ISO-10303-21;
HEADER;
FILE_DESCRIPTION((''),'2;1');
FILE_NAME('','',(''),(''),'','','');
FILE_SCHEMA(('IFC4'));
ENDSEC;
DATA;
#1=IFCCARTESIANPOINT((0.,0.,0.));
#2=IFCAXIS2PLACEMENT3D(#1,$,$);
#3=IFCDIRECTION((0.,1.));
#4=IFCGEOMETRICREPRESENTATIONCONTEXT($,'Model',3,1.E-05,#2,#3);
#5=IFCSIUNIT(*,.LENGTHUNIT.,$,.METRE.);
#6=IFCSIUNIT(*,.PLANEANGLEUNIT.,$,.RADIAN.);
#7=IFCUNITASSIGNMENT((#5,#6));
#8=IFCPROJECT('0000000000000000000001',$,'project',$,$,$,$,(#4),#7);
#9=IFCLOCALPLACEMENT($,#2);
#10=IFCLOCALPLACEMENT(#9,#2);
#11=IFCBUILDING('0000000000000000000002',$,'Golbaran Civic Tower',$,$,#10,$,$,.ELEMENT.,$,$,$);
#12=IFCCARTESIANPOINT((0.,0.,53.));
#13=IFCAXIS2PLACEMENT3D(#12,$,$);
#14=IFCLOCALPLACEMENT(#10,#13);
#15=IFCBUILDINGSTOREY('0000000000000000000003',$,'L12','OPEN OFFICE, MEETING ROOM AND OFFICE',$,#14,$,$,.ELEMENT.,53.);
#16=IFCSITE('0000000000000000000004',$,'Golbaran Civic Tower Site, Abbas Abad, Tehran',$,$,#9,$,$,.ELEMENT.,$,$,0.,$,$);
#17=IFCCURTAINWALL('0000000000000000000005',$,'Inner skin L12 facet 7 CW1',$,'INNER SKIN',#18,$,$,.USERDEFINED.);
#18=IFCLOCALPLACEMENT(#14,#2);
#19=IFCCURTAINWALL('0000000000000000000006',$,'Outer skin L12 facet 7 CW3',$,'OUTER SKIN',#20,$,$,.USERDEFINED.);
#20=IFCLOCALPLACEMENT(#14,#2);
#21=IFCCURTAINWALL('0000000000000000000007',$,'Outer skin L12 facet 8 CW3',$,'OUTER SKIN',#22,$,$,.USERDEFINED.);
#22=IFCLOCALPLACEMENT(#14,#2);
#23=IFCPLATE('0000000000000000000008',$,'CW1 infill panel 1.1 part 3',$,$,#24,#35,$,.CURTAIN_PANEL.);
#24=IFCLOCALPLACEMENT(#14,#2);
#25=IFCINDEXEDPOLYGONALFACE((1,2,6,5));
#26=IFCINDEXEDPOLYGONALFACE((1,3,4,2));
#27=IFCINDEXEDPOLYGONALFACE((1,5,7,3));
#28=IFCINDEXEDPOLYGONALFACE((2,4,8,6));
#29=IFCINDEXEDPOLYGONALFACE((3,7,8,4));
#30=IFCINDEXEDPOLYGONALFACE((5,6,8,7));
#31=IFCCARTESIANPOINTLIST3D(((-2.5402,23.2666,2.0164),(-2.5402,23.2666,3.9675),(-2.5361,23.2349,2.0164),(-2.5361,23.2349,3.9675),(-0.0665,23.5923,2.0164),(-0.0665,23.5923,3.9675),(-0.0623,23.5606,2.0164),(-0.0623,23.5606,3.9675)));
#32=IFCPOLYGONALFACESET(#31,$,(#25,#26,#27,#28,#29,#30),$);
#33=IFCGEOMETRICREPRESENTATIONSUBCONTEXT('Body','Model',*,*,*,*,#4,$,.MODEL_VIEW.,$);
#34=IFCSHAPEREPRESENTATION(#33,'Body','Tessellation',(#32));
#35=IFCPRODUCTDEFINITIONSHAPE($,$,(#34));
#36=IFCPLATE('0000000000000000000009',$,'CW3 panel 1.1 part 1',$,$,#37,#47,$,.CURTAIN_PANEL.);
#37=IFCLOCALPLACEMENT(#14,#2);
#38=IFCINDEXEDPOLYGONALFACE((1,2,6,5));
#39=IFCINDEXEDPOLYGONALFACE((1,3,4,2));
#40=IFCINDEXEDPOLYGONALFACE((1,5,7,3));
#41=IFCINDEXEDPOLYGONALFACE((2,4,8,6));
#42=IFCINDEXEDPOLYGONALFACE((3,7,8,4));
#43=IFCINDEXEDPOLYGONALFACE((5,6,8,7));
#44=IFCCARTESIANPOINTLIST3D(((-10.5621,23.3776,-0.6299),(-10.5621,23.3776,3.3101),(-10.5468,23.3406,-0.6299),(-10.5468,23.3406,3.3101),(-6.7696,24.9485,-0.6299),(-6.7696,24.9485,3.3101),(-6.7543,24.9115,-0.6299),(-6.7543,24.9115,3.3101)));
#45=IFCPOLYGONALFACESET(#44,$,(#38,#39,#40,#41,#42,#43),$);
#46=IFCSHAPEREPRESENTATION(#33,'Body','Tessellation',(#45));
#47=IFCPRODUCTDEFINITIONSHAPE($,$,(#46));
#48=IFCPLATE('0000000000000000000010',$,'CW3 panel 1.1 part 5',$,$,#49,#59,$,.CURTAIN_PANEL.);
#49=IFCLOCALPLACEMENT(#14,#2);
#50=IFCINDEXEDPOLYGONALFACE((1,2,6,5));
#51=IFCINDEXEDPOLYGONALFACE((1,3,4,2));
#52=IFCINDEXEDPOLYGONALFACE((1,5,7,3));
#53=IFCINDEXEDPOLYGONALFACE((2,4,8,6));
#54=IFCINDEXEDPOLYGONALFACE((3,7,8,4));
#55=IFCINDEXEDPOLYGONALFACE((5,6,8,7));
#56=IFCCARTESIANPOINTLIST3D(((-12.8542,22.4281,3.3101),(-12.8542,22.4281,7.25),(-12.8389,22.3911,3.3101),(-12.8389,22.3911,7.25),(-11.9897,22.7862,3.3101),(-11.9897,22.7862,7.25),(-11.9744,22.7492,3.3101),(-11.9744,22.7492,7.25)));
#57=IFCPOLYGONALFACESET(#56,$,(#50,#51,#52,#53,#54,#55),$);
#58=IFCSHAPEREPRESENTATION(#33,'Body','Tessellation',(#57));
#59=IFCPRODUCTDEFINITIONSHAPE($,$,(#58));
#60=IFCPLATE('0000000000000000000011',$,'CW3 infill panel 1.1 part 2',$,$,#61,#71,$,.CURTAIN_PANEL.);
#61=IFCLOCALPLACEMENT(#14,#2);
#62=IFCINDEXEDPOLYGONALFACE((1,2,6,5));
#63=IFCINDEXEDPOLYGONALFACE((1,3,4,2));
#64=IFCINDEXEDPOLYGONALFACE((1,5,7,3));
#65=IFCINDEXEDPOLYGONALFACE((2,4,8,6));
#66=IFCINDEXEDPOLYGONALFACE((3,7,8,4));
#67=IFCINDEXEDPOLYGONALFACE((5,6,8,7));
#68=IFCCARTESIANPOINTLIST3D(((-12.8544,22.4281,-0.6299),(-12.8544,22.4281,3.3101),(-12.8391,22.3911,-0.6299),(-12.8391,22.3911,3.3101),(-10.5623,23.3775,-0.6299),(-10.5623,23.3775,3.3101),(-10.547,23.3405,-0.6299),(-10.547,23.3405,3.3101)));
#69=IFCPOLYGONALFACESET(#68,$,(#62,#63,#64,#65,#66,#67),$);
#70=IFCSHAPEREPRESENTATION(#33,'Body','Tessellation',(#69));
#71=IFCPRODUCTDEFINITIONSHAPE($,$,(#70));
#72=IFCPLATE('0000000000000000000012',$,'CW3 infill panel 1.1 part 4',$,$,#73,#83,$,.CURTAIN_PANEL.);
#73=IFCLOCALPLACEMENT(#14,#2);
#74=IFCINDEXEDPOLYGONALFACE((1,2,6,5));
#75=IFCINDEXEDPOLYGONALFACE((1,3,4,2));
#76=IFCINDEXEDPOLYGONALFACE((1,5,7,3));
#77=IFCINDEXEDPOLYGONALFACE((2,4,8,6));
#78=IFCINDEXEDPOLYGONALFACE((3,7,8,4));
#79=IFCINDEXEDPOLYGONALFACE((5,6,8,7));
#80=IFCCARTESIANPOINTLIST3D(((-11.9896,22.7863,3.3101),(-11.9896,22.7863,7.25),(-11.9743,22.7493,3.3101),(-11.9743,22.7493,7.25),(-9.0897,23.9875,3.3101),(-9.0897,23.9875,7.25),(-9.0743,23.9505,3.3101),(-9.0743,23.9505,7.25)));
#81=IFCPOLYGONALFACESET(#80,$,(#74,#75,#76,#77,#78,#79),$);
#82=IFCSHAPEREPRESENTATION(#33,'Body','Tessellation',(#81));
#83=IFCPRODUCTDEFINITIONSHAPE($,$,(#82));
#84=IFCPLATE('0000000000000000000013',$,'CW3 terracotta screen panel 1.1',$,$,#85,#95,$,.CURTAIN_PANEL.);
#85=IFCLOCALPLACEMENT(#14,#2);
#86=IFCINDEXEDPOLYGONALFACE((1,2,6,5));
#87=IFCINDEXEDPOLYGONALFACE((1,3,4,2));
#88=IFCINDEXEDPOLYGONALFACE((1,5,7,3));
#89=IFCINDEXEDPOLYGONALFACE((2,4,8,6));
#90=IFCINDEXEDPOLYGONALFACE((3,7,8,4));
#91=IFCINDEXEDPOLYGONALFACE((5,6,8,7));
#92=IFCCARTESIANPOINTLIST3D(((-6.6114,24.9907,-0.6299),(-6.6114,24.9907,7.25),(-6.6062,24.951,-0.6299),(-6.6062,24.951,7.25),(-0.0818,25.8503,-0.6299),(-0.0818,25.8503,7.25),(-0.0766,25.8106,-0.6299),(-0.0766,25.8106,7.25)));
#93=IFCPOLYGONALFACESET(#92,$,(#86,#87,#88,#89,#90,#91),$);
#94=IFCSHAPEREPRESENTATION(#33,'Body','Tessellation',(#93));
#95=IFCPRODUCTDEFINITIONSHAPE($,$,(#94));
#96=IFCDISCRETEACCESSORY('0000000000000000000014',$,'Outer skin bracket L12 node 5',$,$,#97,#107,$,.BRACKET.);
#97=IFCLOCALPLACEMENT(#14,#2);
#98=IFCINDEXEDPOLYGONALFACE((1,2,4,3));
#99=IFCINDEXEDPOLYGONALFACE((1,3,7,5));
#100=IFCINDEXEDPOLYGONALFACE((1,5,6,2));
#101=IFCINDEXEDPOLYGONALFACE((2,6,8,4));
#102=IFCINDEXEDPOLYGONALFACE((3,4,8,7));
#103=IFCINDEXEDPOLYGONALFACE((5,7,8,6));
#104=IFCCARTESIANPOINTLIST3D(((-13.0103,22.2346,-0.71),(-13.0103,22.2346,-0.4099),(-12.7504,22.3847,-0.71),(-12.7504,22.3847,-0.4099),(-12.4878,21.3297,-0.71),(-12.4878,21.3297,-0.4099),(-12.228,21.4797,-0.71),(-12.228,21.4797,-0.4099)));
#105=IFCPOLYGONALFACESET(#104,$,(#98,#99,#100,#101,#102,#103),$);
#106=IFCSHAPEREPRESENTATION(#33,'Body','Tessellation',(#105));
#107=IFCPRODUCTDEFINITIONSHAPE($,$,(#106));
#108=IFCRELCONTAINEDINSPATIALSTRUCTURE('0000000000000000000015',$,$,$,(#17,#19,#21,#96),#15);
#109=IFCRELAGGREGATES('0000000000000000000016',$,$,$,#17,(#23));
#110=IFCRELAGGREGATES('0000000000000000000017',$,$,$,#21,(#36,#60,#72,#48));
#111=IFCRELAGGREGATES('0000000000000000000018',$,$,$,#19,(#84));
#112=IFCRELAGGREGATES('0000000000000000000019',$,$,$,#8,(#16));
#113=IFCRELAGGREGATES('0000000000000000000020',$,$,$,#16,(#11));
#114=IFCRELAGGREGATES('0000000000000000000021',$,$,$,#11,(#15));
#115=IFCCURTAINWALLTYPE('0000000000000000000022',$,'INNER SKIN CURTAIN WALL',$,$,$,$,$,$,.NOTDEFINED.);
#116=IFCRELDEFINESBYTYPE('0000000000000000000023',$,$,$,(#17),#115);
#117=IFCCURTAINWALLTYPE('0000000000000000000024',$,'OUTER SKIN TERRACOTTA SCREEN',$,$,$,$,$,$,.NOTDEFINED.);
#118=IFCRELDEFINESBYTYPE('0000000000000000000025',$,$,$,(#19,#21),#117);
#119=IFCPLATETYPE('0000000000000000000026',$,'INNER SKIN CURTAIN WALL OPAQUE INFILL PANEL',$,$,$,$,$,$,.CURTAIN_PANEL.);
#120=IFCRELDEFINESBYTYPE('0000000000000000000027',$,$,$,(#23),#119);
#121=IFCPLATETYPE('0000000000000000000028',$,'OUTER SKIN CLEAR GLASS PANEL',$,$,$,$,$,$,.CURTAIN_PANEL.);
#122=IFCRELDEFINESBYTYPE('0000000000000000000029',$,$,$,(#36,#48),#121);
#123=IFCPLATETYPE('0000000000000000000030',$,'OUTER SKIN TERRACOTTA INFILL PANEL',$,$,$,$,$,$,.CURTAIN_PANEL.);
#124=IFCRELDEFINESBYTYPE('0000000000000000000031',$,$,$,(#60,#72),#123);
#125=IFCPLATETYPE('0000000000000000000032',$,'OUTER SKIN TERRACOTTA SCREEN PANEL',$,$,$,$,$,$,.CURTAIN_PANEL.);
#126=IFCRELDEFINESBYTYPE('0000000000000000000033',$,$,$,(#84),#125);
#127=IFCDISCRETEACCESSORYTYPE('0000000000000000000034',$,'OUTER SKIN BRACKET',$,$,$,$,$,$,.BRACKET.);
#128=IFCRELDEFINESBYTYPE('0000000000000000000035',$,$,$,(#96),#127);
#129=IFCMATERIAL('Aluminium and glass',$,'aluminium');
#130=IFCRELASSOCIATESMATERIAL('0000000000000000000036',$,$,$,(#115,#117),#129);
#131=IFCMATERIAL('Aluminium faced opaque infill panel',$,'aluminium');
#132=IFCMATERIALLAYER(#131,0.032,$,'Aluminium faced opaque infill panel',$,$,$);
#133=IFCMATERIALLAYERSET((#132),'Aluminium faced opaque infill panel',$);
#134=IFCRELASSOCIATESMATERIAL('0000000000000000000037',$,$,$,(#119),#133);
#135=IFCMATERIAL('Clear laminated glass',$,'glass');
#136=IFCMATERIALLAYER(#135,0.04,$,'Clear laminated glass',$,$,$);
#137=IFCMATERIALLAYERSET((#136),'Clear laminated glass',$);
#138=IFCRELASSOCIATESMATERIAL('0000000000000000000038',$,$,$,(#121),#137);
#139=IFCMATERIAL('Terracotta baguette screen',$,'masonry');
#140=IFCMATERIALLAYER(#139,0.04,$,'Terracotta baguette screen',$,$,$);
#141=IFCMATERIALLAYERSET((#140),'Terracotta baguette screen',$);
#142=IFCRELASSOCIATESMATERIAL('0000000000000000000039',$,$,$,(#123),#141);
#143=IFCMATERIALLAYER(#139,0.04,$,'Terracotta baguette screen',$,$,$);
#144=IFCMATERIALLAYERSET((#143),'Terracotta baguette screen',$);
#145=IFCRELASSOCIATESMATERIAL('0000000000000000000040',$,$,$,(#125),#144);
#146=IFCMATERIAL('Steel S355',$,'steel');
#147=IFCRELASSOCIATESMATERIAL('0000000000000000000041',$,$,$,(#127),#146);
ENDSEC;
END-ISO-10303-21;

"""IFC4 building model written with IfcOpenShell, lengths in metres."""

from ifc_helpers import new_model, si_unit, direction, frame, origin, origin_2d, place, context, subcontext, project, spatial, rectangle, extrude, material, layer, layer_set, type_object, element, aggregate, save


model = new_model("IFC4")

# Units and contexts
model_context = context("Model", 3, precision=1e-05, world=origin(), true_north=direction((0.0, 1.0)))
body_context = subcontext(model_context, "Body", "Model", "MODEL_VIEW")
ifc_project = project(units=[si_unit("LENGTHUNIT", "METRE"), si_unit("PLANEANGLEUNIT", "RADIAN")], contexts=[model_context])

# Site, building, storey
site_placement = place(None, origin())
site = spatial("IfcSite", under=ifc_project, at=site_placement, Name="Golbaran Civic Tower Site, Abbas Abad, Tehran", CompositionType="ELEMENT", RefElevation=0.0)
building_placement = place(site_placement, origin())
building = spatial("IfcBuilding", under=site, at=building_placement, Name="Golbaran Civic Tower", CompositionType="ELEMENT")
storey_placement = place(building_placement, frame((0.0, 0.0, 53.0)))
storey = spatial("IfcBuildingStorey", under=building, at=storey_placement, Name="L12", Description="OPEN OFFICE, MEETING ROOM AND OFFICE", CompositionType="ELEMENT", Elevation=53.0)

# Shared definitions
ifc_material_1 = material(Name="Steel S355", Category="steel")

# Curtain wall
ifc_material_2 = material(Name="Aluminium and glass", Category="aluminium")
curtain_wall_type_1 = type_object("IfcCurtainWallType", Name="INNER SKIN CURTAIN WALL", PredefinedType="NOTDEFINED", material=ifc_material_2)
curtain_wall_1_placement = place(storey_placement, origin())
curtain_wall_1 = element("IfcCurtainWall", 1, at=curtain_wall_1_placement, inside=storey, type_object=curtain_wall_type_1, Name="Inner skin L12 facet 7 CW1", ObjectType="INNER SKIN", PredefinedType="USERDEFINED")

# Curtain walls
curtain_wall_type_2 = type_object("IfcCurtainWallType", Name="OUTER SKIN TERRACOTTA SCREEN", PredefinedType="NOTDEFINED", material=ifc_material_2)
curtain_wall_2_placement = place(storey_placement, origin())
curtain_wall_2 = element("IfcCurtainWall", 2, at=curtain_wall_2_placement, inside=storey, type_object=curtain_wall_type_2, Name="Outer skin L12 facet 7 CW3", ObjectType="OUTER SKIN", PredefinedType="USERDEFINED")
curtain_wall_3_placement = place(storey_placement, origin())
curtain_wall_3 = element("IfcCurtainWall", 3, at=curtain_wall_3_placement, inside=storey, type_object=curtain_wall_type_2, Name="Outer skin L12 facet 8 CW3", ObjectType="OUTER SKIN", PredefinedType="USERDEFINED")

# Plates
ifc_material_3 = material(Name="Aluminium faced opaque infill panel", Category="aluminium")
ifc_layer_1 = layer(ifc_material_3, 0.032, Name="Aluminium faced opaque infill panel")
ifc_layer_set_1 = layer_set([ifc_layer_1], Name="Aluminium faced opaque infill panel")
plate_type_1 = type_object("IfcPlateType", Name="INNER SKIN CURTAIN WALL OPAQUE INFILL PANEL", PredefinedType="CURTAIN_PANEL", material=ifc_layer_set_1)
plate_1_placement = place(storey_placement, frame((-1.3013, 23.4136, 2.0164), z_axis=(0.0, 0.0, 1.0), x_axis=(-0.991445, -0.130526, 0.0)))
plate_1 = element("IfcPlate", 4, at=plate_1_placement, type_object=plate_type_1, Name="CW1 infill panel 1.1 part 3", PredefinedType="CURTAIN_PANEL", context=body_context, shape_type="SweptSolid", body=[
    extrude(rectangle(XDim=2.4951, YDim=0.032, at=origin_2d()), origin(), (0.0, 0.0, 1.0), 1.9512),
])
aggregate(curtain_wall_1, [plate_1])
ifc_material_4 = material(Name="Clear laminated glass", Category="glass")
ifc_layer_2 = layer(ifc_material_4, 0.04, Name="Clear laminated glass")
ifc_layer_set_2 = layer_set([ifc_layer_2], Name="Clear laminated glass")
plate_type_2 = type_object("IfcPlateType", Name="OUTER SKIN CLEAR GLASS PANEL", PredefinedType="CURTAIN_PANEL", material=ifc_layer_set_2)
plate_2_placement = place(storey_placement, frame((-8.6582, 24.1445, -0.6299), z_axis=(0.0, 0.0, 1.0), x_axis=(-0.92388, -0.382683, 0.0)))
plate_2 = element("IfcPlate", 5, at=plate_2_placement, type_object=plate_type_2, Name="CW3 panel 1.1 part 1", PredefinedType="CURTAIN_PANEL", context=body_context, shape_type="SweptSolid", body=[
    extrude(rectangle(XDim=4.105, YDim=0.04, at=origin_2d()), origin(), (0.0, 0.0, 1.0), 3.9399),
])
plate_3_placement = place(storey_placement, frame((-12.4143, 22.5886, 3.3101), z_axis=(0.0, 0.0, 1.0), x_axis=(-0.92388, -0.382683, 0.0)))
plate_3 = element("IfcPlate", 6, at=plate_3_placement, type_object=plate_type_2, Name="CW3 panel 1.1 part 5", PredefinedType="CURTAIN_PANEL", context=body_context, shape_type="SweptSolid", body=[
    extrude(rectangle(XDim=0.9358, YDim=0.04, at=origin_2d()), origin(), (0.0, 0.0, 1.0), 3.9399),
])
ifc_material_5 = material(Name="Terracotta baguette screen", Category="masonry")
ifc_layer_3 = layer(ifc_material_5, 0.04, Name="Terracotta baguette screen")
ifc_layer_set_3 = layer_set([ifc_layer_3], Name="Terracotta baguette screen")
plate_type_3 = type_object("IfcPlateType", Name="OUTER SKIN TERRACOTTA INFILL PANEL", PredefinedType="CURTAIN_PANEL", material=ifc_layer_set_3)
plate_4_placement = place(storey_placement, frame((-11.7007, 22.8843, -0.6299), z_axis=(0.0, 0.0, 1.0), x_axis=(-0.92388, -0.382683, 0.0)))
plate_4 = element("IfcPlate", 7, at=plate_4_placement, type_object=plate_type_3, Name="CW3 infill panel 1.1 part 2", PredefinedType="CURTAIN_PANEL", context=body_context, shape_type="SweptSolid", body=[
    extrude(rectangle(XDim=2.481, YDim=0.04, at=origin_2d()), origin(), (0.0, 0.0, 1.0), 3.9399),
])
plate_5_placement = place(storey_placement, frame((-10.532, 23.3684, 3.3101), z_axis=(0.0, 0.0, 1.0), x_axis=(-0.92388, -0.382683, 0.0)))
plate_5 = element("IfcPlate", 8, at=plate_5_placement, type_object=plate_type_3, Name="CW3 infill panel 1.1 part 4", PredefinedType="CURTAIN_PANEL", context=body_context, shape_type="SweptSolid", body=[
    extrude(rectangle(XDim=3.1389, YDim=0.04, at=origin_2d()), origin(), (0.0, 0.0, 1.0), 3.9399),
])
aggregate(curtain_wall_3, [plate_2, plate_4, plate_5, plate_3])
ifc_layer_4 = layer(ifc_material_5, 0.04, Name="Terracotta baguette screen")
ifc_layer_set_4 = layer_set([ifc_layer_4], Name="Terracotta baguette screen")
plate_type_4 = type_object("IfcPlateType", Name="OUTER SKIN TERRACOTTA SCREEN PANEL", PredefinedType="CURTAIN_PANEL", material=ifc_layer_set_4)
plate_6_placement = place(storey_placement, frame((-3.344, 25.4006, -0.6299), z_axis=(0.0, 0.0, 1.0), x_axis=(-0.991445, -0.130526, 0.0)))
plate_6 = element("IfcPlate", 9, at=plate_6_placement, type_object=plate_type_4, Name="CW3 terracotta screen panel 1.1", PredefinedType="CURTAIN_PANEL", context=body_context, shape_type="SweptSolid", body=[
    extrude(rectangle(XDim=6.5859, YDim=0.04, at=origin_2d()), origin(), (0.0, 0.0, 1.0), 7.8799),
])
aggregate(curtain_wall_2, [plate_6])

# Discrete accessory
discrete_accessory_type = type_object("IfcDiscreteAccessoryType", Name="OUTER SKIN BRACKET", PredefinedType="BRACKET", material=ifc_material_1)
discrete_accessory_placement = place(storey_placement, frame((-12.6191, 21.8572, -0.71), z_axis=(0.0, 0.0, 1.0), x_axis=(-0.5, 0.866025, 0.0)))
element("IfcDiscreteAccessory", 10, at=discrete_accessory_placement, inside=storey, type_object=discrete_accessory_type, Name="Outer skin bracket L12 node 5", PredefinedType="BRACKET", context=body_context, shape_type="SweptSolid", body=[
    extrude(rectangle(XDim=1.0449, YDim=0.3, at=origin_2d()), origin(), (0.0, 0.0, 1.0), 0.3),
])

save(model, "model.ifc")
